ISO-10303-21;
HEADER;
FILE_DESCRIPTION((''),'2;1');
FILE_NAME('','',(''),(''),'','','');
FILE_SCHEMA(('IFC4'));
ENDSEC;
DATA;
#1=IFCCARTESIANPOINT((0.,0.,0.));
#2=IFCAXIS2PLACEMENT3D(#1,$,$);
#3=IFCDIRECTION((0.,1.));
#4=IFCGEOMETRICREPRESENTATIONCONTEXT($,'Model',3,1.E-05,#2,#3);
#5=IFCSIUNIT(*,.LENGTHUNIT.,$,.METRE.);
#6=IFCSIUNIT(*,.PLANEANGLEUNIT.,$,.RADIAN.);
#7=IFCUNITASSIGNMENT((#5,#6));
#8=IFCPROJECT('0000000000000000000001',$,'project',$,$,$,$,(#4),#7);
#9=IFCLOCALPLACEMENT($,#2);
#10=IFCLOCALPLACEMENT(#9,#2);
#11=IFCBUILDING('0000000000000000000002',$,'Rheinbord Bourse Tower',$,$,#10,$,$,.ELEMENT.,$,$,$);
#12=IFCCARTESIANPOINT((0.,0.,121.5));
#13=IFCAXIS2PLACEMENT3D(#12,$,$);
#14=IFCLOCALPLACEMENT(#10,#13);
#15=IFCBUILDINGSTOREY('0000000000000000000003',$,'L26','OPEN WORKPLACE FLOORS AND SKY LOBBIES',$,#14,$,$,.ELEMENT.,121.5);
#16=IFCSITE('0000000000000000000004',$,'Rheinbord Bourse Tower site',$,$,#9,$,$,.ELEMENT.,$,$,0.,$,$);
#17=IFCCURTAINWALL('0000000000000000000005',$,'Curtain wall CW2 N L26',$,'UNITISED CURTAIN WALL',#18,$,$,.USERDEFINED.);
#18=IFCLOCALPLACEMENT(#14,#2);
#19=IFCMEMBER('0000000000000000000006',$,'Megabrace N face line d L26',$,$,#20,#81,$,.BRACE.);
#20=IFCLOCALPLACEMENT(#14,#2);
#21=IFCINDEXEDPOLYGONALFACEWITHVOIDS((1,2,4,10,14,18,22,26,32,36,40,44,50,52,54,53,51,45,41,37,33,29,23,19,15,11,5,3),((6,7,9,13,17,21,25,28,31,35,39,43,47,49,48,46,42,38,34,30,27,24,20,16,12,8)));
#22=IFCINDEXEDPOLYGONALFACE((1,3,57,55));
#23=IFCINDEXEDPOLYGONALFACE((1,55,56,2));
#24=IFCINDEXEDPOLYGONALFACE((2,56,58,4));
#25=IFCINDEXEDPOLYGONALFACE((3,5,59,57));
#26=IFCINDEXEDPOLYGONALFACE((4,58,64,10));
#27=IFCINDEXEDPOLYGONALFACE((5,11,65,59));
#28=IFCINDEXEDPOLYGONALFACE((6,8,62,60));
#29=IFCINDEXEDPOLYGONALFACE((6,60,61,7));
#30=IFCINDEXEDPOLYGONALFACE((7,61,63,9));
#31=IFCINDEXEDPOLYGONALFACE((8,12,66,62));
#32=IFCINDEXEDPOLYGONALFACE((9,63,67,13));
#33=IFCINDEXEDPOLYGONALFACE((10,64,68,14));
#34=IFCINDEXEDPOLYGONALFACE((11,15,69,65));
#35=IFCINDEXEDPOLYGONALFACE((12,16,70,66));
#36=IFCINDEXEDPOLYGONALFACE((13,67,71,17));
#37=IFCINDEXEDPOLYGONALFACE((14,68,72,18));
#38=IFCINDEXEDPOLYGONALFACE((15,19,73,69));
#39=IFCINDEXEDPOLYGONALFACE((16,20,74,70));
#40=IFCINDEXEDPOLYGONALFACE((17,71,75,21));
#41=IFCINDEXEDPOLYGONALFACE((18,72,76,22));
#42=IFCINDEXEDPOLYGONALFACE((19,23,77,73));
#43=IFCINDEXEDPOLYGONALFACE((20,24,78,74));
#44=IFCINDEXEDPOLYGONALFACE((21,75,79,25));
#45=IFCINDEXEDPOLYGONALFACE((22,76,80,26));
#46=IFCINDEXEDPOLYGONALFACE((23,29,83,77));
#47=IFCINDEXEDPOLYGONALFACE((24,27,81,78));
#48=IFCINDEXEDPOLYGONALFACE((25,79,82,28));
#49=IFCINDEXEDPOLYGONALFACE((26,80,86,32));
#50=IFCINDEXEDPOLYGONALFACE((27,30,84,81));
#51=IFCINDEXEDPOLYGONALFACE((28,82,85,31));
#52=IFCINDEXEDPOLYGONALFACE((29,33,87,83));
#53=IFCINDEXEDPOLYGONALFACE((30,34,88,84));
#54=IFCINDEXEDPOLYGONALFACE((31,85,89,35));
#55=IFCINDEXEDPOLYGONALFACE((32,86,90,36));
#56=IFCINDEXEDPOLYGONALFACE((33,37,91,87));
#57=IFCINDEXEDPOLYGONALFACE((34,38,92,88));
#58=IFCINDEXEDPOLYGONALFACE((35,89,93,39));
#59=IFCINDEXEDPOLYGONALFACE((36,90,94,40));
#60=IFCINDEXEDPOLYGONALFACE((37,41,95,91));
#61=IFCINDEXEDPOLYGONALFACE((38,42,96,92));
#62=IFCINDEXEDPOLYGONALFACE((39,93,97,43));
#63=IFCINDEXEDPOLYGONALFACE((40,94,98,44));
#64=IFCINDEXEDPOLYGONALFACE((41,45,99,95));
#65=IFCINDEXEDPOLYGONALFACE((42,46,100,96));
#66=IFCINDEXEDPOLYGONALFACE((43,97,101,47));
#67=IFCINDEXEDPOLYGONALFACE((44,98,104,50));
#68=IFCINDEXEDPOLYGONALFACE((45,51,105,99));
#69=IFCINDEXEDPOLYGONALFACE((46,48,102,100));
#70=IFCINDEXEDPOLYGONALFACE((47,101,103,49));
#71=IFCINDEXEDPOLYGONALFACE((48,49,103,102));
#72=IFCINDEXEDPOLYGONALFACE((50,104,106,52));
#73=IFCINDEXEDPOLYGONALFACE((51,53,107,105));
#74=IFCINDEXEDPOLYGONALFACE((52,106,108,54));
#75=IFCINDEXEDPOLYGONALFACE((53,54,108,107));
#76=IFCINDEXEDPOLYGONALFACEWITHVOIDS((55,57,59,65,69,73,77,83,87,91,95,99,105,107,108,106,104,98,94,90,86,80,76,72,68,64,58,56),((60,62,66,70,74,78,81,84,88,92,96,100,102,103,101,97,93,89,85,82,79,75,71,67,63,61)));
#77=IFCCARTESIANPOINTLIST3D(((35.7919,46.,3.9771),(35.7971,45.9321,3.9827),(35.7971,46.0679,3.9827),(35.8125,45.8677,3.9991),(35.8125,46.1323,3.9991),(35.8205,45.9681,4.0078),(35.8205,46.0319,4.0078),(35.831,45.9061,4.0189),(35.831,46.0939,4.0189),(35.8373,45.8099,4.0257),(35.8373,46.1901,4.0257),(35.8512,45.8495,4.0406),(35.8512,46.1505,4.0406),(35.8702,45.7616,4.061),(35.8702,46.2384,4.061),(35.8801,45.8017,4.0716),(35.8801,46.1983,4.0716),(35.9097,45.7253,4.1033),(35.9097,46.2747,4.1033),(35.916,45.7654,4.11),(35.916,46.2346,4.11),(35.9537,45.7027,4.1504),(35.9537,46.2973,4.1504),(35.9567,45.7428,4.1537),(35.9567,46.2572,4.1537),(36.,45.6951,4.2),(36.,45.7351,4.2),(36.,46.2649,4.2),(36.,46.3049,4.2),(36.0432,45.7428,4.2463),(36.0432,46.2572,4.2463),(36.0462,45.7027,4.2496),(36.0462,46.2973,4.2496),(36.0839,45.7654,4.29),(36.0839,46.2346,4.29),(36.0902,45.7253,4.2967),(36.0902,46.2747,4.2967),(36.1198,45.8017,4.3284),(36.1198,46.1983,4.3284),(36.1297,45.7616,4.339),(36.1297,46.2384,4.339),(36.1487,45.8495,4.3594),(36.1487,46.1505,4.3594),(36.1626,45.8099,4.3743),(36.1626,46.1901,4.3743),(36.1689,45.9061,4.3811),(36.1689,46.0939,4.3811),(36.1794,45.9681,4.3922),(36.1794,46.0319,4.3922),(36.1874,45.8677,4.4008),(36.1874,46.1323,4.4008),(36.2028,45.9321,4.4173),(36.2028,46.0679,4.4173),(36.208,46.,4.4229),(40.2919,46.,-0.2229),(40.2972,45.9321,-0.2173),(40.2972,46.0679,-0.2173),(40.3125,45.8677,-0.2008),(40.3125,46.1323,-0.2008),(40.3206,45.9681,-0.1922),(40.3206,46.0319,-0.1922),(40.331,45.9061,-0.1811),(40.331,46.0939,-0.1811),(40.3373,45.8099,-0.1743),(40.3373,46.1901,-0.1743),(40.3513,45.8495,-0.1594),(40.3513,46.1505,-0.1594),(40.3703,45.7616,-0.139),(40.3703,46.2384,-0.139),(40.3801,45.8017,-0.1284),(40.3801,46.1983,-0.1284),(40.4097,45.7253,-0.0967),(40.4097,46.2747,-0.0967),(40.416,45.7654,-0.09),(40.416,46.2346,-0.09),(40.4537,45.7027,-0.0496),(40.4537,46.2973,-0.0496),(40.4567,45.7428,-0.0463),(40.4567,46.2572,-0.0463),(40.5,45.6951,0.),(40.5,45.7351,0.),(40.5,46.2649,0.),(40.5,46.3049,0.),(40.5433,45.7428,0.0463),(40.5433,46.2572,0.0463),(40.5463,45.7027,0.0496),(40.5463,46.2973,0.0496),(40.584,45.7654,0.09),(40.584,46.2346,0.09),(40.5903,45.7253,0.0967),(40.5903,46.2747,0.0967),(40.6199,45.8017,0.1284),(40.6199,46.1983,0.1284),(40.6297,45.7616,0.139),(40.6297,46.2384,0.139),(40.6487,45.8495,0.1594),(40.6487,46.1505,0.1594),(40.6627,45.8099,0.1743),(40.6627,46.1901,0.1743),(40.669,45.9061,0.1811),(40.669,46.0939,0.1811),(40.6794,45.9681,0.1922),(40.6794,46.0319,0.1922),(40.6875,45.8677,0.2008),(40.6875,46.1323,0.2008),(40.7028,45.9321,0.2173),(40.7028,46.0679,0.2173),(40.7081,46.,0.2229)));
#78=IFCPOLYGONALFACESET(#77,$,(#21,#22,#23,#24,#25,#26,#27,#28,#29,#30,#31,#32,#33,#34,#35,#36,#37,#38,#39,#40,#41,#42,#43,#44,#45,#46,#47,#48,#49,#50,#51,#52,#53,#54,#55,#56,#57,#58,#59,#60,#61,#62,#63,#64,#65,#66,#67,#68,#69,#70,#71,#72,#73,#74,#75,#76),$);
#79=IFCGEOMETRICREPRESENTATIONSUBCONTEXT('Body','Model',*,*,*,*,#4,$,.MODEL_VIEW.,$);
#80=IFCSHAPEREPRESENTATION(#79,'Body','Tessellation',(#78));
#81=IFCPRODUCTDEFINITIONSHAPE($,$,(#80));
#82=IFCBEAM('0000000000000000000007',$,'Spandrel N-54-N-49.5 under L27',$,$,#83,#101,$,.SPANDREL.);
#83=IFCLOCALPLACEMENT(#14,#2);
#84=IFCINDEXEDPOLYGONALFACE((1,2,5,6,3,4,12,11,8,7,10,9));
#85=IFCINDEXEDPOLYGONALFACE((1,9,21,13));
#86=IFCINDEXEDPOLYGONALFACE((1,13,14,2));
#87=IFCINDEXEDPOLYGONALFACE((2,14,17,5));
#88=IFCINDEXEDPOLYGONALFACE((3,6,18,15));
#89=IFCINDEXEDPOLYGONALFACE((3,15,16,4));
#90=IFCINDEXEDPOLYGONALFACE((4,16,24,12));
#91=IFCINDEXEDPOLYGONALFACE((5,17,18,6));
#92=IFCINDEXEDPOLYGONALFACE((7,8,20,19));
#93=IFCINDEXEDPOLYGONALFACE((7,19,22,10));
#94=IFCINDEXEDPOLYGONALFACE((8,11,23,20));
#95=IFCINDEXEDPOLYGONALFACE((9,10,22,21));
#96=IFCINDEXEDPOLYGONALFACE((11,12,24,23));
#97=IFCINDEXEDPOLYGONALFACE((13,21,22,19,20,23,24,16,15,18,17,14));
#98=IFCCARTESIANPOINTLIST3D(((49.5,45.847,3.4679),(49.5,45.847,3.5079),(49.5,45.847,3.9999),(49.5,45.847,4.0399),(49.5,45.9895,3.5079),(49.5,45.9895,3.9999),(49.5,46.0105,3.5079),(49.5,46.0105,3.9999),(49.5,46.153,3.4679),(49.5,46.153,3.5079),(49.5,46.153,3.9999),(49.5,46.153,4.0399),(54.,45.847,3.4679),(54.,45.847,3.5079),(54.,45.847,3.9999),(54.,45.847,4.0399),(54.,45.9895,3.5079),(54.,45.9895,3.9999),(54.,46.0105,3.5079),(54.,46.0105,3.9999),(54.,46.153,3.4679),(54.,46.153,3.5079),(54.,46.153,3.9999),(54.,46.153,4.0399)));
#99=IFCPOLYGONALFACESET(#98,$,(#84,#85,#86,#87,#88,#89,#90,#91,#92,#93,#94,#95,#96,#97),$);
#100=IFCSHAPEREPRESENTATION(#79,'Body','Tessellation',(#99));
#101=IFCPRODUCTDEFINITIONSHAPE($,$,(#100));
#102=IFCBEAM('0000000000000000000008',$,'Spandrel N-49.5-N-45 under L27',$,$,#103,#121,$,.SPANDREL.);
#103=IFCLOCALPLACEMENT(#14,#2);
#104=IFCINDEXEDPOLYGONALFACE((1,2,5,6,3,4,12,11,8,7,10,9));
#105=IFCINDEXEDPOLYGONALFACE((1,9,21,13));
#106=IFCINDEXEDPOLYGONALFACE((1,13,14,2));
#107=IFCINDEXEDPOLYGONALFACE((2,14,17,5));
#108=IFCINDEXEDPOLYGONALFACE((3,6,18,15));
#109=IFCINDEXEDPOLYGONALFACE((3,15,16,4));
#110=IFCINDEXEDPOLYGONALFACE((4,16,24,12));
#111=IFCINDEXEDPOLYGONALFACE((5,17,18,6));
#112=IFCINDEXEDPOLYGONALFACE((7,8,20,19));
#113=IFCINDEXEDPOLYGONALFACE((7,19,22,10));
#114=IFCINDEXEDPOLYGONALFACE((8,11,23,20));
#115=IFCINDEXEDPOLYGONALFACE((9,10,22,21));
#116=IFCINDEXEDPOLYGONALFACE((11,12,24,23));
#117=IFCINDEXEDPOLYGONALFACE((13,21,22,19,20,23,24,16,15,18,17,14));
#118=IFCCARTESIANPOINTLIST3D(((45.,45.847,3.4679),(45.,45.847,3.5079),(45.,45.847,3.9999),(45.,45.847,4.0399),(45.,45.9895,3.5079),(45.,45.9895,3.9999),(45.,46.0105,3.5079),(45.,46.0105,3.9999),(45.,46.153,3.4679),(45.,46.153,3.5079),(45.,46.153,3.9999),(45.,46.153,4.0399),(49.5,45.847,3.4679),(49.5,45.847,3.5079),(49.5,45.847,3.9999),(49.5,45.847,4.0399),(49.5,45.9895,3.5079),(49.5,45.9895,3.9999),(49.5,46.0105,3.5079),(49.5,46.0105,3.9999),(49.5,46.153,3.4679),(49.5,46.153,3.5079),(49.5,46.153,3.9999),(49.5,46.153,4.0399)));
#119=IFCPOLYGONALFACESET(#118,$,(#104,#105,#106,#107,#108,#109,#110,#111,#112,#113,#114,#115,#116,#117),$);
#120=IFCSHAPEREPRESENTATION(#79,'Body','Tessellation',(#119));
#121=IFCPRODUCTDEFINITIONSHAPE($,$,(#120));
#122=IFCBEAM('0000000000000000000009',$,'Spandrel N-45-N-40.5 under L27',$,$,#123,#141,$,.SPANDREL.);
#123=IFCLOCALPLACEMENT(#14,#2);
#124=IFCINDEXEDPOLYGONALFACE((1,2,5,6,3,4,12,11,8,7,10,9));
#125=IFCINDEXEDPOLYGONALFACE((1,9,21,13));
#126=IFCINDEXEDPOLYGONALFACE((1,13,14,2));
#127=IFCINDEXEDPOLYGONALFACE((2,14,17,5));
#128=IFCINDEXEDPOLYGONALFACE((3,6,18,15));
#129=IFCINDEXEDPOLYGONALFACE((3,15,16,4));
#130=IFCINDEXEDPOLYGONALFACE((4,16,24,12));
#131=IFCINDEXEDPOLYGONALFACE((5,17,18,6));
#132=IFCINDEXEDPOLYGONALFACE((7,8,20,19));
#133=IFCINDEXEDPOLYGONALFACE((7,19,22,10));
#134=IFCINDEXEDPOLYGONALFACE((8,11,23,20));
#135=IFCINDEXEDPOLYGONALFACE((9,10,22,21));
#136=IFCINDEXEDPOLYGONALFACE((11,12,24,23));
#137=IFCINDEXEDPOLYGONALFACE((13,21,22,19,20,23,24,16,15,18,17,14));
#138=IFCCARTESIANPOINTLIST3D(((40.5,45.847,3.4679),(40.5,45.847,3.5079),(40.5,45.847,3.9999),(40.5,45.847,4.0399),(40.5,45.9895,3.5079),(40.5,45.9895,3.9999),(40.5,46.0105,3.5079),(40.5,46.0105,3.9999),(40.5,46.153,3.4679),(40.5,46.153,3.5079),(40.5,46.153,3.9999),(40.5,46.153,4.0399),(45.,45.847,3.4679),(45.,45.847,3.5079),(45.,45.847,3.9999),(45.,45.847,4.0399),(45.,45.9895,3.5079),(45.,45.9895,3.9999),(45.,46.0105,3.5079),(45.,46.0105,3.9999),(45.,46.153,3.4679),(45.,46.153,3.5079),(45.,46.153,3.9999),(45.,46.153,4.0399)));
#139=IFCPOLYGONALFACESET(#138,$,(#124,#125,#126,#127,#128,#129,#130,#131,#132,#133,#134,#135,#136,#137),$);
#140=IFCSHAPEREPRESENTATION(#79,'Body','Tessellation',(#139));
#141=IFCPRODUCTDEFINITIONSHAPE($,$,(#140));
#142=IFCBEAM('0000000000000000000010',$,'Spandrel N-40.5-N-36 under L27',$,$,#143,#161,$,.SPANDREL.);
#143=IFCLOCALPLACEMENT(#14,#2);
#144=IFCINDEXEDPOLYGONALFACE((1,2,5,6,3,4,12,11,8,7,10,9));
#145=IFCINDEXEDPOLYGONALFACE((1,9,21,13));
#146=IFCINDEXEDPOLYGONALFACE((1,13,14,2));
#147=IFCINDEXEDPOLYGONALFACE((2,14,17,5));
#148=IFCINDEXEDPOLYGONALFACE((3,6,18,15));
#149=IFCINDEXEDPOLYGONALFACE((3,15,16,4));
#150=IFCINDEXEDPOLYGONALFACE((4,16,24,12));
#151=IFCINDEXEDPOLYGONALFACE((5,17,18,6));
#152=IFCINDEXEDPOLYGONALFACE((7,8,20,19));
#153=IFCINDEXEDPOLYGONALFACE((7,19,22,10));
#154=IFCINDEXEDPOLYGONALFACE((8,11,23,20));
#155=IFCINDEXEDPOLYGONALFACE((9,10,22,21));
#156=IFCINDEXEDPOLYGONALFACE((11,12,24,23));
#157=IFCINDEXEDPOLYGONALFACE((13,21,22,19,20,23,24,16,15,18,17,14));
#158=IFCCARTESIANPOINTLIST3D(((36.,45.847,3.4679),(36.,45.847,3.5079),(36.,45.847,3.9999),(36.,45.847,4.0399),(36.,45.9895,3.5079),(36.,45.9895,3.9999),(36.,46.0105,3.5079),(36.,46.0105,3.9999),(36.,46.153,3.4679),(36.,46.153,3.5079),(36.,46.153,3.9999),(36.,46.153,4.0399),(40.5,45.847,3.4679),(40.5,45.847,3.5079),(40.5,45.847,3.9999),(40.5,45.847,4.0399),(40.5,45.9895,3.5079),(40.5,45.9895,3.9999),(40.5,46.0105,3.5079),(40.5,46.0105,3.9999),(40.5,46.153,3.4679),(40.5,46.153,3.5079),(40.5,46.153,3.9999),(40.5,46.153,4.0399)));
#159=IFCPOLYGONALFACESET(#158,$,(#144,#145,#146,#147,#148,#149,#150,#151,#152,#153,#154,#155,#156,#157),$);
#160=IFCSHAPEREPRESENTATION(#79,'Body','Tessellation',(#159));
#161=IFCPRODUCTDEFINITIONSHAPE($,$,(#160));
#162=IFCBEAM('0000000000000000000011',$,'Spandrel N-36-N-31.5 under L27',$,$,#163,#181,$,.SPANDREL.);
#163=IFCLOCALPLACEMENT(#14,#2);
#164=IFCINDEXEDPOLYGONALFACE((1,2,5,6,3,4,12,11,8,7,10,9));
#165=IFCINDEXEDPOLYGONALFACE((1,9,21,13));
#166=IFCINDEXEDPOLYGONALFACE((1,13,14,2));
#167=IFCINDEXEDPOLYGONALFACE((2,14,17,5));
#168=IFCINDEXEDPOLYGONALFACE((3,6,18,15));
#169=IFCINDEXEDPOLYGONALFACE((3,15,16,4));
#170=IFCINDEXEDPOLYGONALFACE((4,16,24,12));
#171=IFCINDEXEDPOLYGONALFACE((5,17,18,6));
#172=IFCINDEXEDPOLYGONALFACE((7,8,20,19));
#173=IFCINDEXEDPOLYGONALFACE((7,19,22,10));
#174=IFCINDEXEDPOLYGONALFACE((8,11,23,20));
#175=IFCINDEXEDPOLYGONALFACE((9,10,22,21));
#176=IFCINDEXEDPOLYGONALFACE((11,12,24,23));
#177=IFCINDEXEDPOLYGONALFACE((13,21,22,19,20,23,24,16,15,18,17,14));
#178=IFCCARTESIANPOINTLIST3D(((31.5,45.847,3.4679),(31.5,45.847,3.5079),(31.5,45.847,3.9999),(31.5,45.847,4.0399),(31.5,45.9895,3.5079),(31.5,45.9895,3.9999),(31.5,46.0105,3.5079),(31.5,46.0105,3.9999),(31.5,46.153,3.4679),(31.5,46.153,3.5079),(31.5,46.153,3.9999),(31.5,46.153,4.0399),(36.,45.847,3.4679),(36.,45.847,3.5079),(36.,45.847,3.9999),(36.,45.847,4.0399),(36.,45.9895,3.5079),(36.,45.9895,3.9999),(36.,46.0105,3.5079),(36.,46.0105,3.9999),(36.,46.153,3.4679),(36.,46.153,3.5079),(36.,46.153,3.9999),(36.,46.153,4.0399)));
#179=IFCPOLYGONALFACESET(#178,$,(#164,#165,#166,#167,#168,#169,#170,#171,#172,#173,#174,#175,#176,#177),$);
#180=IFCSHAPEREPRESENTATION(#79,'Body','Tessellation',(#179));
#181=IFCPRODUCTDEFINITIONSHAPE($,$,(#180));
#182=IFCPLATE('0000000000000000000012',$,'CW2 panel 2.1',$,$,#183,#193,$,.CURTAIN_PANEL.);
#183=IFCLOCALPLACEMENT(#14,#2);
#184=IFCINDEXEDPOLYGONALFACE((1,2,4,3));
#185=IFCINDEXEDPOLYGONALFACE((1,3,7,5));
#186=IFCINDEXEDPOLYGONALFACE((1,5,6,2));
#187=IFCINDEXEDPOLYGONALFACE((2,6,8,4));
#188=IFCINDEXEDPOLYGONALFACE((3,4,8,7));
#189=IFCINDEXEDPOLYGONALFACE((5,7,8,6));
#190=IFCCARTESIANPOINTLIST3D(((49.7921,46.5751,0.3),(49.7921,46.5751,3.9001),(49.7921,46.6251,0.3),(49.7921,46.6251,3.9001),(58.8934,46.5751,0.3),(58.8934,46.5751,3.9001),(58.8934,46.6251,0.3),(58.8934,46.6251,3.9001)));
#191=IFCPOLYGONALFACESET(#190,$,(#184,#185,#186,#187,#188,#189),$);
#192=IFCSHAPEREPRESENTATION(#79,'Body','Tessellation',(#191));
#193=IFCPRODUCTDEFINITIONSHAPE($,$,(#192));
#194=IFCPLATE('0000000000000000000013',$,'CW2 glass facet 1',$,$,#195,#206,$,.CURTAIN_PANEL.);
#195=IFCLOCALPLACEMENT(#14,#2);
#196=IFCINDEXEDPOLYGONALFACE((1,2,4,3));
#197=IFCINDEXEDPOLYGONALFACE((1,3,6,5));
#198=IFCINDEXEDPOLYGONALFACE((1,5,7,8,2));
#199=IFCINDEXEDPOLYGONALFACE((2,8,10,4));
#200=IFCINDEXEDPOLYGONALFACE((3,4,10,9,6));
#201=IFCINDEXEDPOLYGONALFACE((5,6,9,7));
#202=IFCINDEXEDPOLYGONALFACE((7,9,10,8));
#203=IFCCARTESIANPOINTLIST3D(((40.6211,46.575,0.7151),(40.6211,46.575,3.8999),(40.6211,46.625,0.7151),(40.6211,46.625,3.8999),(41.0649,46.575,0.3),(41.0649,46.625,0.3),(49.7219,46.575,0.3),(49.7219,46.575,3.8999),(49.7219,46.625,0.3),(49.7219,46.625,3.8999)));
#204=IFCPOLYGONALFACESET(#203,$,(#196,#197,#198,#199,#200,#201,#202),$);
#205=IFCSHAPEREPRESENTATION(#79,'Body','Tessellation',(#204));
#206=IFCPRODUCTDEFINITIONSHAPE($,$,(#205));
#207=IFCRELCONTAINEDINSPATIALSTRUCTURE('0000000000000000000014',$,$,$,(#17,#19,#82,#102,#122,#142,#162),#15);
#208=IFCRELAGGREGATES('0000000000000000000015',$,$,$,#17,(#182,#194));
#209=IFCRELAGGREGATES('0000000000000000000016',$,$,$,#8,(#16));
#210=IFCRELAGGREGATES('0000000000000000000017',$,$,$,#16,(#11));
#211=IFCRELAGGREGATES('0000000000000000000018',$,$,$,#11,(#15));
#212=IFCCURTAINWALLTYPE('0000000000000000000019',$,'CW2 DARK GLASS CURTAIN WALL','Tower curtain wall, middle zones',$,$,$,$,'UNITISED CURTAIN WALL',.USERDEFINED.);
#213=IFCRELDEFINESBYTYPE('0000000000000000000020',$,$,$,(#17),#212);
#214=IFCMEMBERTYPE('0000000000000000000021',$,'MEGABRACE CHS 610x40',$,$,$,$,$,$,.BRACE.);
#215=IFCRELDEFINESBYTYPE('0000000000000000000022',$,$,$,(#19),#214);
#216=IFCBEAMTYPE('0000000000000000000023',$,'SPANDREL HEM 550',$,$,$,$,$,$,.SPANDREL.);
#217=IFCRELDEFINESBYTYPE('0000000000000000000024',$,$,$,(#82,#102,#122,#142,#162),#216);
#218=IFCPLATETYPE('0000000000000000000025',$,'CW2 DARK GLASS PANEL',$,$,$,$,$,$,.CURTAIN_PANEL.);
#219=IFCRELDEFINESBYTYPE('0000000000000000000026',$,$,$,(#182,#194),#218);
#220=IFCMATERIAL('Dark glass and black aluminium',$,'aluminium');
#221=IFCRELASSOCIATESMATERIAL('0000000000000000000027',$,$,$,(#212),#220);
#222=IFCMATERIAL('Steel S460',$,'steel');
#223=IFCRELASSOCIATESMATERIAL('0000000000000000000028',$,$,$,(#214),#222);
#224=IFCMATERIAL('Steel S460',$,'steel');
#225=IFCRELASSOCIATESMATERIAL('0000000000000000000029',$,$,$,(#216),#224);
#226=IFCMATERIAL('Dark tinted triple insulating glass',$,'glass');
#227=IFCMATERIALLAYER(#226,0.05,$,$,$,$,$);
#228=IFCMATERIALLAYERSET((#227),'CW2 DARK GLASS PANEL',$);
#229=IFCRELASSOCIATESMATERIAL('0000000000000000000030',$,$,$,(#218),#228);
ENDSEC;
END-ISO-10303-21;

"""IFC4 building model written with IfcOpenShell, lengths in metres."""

from ifc_helpers import new_model, si_unit, direction, frame, origin, origin_2d, place, context, subcontext, project, spatial, polyline, rectangle, hollow_circle, i_section, outline, extrude, material, layer, layer_set, material_profile, profile_set, type_object, element, aggregate, save


model = new_model("IFC4")

# Units and contexts
model_context = context("Model", 3, precision=1e-05, world=origin(), true_north=direction((0.0, 1.0)))
body_context = subcontext(model_context, "Body", "Model", "MODEL_VIEW")
ifc_project = project(units=[si_unit("LENGTHUNIT", "METRE"), si_unit("PLANEANGLEUNIT", "RADIAN")], contexts=[model_context])

# Site, building, storey
site_placement = place(None, origin())
site = spatial("IfcSite", under=ifc_project, at=site_placement, Name="Rheinbord Bourse Tower site", CompositionType="ELEMENT", RefElevation=0.0)
building_placement = place(site_placement, origin())
building = spatial("IfcBuilding", under=site, at=building_placement, Name="Rheinbord Bourse Tower", CompositionType="ELEMENT")
storey_placement = place(building_placement, frame((0.0, 0.0, 121.5)))
storey = spatial("IfcBuildingStorey", under=building, at=storey_placement, Name="L26", Description="OPEN WORKPLACE FLOORS AND SKY LOBBIES", CompositionType="ELEMENT", Elevation=121.5)

# Curtain wall
ifc_material_1 = material(Name="Dark glass and black aluminium", Category="aluminium")
curtain_wall_type = type_object("IfcCurtainWallType", Name="CW2 DARK GLASS CURTAIN WALL", Description="Tower curtain wall, middle zones", ElementType="UNITISED CURTAIN WALL", PredefinedType="USERDEFINED", material=ifc_material_1)
curtain_wall_placement = place(storey_placement, origin())
curtain_wall = element("IfcCurtainWall", 1, at=curtain_wall_placement, inside=storey, type_object=curtain_wall_type, Name="Curtain wall CW2 N L26", ObjectType="UNITISED CURTAIN WALL", PredefinedType="USERDEFINED")

# Member
ifc_material_2 = material(Name="Steel S460", Category="steel")
ifc_material_profile_1 = material_profile(ifc_material_2, hollow_circle(Radius=0.3049, WallThickness=0.04, at=origin_2d()), Name="CHS 610x40")
ifc_profile_set_1 = profile_set([ifc_material_profile_1], Name="Steel S460")
member_type_1 = type_object("IfcMemberType", Name="MEGABRACE CHS 610x40", PredefinedType="BRACE", material=ifc_profile_set_1)
member_1_placement = place(storey_placement, frame((40.5, 46.0, 0.0), z_axis=(-0.731059, 0.0, 0.682314), x_axis=(0.0, -1.0, 0.0)))
element("IfcMember", 2, at=member_1_placement, inside=storey, type_object=member_type_1, Name="Megabrace N face line d L26", PredefinedType="BRACE", context=body_context, shape_type="SweptSolid", body=[
    extrude(hollow_circle(Radius=0.3049, WallThickness=0.04, at=origin_2d()), origin(), (0.0, 0.0, 1.0), 6.1555),
])

# Beams
ifc_material_3 = material(Name="Steel S460", Category="steel")
ifc_material_profile_2 = material_profile(ifc_material_3, i_section(OverallWidth=0.3059, OverallDepth=0.572, WebThickness=0.021, FlangeThickness=0.04, at=origin_2d()), Name="HEM 550")
ifc_profile_set_2 = profile_set([ifc_material_profile_2], Name="Steel S460")
beam_type_1 = type_object("IfcBeamType", Name="SPANDREL HEM 550", PredefinedType="SPANDREL", material=ifc_profile_set_2)
for number, where, z_axis, x_axis, name in (
    (3, (54.0, 46.0, 3.7539), (-1.0, 0.0, 0.0), (0.0, -1.0, 0.0), "Spandrel N-54-N-49.5 under L27"),
    (4, (49.5, 46.0, 3.7539), (-1.0, 0.0, 0.0), (0.0, -1.0, 0.0), "Spandrel N-49.5-N-45 under L27"),
    (5, (45.0, 46.0, 3.7539), (-1.0, 0.0, 0.0), (0.0, -1.0, 0.0), "Spandrel N-45-N-40.5 under L27"),
    (6, (40.5, 46.0, 3.7539), (-1.0, 0.0, 0.0), (0.0, -1.0, 0.0), "Spandrel N-40.5-N-36 under L27"),
    (7, (36.0, 46.0, 3.7539), (-1.0, 0.0, 0.0), (0.0, -1.0, 0.0), "Spandrel N-36-N-31.5 under L27"),
):
    element("IfcBeam", number, at=place(storey_placement, frame(where, z_axis=z_axis, x_axis=x_axis)), inside=storey, type_object=beam_type_1, Name=name, PredefinedType="SPANDREL", context=body_context, shape_type="SweptSolid", body=[
        extrude(i_section(OverallWidth=0.3059, OverallDepth=0.572, WebThickness=0.021, FlangeThickness=0.04, at=origin_2d()), origin(), (0.0, 0.0, 1.0), 4.5),
    ])

# Plates
ifc_material_4 = material(Name="Dark tinted triple insulating glass", Category="glass")
ifc_layer = layer(ifc_material_4, 0.05)
ifc_layer_set = layer_set([ifc_layer], Name="CW2 DARK GLASS PANEL")
plate_type = type_object("IfcPlateType", Name="CW2 DARK GLASS PANEL", PredefinedType="CURTAIN_PANEL", material=ifc_layer_set)
plate_1_placement = place(storey_placement, frame((54.3428, 46.6001, 0.3), z_axis=(0.0, 0.0, 1.0), x_axis=(-1.0, 0.0, 0.0)))
plate_1 = element("IfcPlate", 8, at=plate_1_placement, type_object=plate_type, Name="CW2 panel 2.1", PredefinedType="CURTAIN_PANEL", context=body_context, shape_type="SweptSolid", body=[
    extrude(rectangle(XDim=9.1013, YDim=0.05, at=origin_2d()), origin(), (0.0, 0.0, 1.0), 3.6001),
])
plate_2_placement = place(storey_placement, frame((49.7219, 46.625, 0.3), z_axis=(0.0, -1.0, 0.0), x_axis=(0.0, 0.0, 1.0)))
plate_2 = element("IfcPlate", 9, at=plate_2_placement, type_object=plate_type, Name="CW2 glass facet 1", PredefinedType="CURTAIN_PANEL", context=body_context, shape_type="SweptSolid", body=[
    extrude(outline(polyline([(0.0, 0.0), (3.5999, 0.0), (3.5999, 9.1008), (0.415, 9.1008), (0.0, 8.657), (0.0, 0.0)])), origin(), (0.0, 0.0, 1.0), 0.05),
])
aggregate(curtain_wall, [plate_1, plate_2])

save(model, "model.ifc")
